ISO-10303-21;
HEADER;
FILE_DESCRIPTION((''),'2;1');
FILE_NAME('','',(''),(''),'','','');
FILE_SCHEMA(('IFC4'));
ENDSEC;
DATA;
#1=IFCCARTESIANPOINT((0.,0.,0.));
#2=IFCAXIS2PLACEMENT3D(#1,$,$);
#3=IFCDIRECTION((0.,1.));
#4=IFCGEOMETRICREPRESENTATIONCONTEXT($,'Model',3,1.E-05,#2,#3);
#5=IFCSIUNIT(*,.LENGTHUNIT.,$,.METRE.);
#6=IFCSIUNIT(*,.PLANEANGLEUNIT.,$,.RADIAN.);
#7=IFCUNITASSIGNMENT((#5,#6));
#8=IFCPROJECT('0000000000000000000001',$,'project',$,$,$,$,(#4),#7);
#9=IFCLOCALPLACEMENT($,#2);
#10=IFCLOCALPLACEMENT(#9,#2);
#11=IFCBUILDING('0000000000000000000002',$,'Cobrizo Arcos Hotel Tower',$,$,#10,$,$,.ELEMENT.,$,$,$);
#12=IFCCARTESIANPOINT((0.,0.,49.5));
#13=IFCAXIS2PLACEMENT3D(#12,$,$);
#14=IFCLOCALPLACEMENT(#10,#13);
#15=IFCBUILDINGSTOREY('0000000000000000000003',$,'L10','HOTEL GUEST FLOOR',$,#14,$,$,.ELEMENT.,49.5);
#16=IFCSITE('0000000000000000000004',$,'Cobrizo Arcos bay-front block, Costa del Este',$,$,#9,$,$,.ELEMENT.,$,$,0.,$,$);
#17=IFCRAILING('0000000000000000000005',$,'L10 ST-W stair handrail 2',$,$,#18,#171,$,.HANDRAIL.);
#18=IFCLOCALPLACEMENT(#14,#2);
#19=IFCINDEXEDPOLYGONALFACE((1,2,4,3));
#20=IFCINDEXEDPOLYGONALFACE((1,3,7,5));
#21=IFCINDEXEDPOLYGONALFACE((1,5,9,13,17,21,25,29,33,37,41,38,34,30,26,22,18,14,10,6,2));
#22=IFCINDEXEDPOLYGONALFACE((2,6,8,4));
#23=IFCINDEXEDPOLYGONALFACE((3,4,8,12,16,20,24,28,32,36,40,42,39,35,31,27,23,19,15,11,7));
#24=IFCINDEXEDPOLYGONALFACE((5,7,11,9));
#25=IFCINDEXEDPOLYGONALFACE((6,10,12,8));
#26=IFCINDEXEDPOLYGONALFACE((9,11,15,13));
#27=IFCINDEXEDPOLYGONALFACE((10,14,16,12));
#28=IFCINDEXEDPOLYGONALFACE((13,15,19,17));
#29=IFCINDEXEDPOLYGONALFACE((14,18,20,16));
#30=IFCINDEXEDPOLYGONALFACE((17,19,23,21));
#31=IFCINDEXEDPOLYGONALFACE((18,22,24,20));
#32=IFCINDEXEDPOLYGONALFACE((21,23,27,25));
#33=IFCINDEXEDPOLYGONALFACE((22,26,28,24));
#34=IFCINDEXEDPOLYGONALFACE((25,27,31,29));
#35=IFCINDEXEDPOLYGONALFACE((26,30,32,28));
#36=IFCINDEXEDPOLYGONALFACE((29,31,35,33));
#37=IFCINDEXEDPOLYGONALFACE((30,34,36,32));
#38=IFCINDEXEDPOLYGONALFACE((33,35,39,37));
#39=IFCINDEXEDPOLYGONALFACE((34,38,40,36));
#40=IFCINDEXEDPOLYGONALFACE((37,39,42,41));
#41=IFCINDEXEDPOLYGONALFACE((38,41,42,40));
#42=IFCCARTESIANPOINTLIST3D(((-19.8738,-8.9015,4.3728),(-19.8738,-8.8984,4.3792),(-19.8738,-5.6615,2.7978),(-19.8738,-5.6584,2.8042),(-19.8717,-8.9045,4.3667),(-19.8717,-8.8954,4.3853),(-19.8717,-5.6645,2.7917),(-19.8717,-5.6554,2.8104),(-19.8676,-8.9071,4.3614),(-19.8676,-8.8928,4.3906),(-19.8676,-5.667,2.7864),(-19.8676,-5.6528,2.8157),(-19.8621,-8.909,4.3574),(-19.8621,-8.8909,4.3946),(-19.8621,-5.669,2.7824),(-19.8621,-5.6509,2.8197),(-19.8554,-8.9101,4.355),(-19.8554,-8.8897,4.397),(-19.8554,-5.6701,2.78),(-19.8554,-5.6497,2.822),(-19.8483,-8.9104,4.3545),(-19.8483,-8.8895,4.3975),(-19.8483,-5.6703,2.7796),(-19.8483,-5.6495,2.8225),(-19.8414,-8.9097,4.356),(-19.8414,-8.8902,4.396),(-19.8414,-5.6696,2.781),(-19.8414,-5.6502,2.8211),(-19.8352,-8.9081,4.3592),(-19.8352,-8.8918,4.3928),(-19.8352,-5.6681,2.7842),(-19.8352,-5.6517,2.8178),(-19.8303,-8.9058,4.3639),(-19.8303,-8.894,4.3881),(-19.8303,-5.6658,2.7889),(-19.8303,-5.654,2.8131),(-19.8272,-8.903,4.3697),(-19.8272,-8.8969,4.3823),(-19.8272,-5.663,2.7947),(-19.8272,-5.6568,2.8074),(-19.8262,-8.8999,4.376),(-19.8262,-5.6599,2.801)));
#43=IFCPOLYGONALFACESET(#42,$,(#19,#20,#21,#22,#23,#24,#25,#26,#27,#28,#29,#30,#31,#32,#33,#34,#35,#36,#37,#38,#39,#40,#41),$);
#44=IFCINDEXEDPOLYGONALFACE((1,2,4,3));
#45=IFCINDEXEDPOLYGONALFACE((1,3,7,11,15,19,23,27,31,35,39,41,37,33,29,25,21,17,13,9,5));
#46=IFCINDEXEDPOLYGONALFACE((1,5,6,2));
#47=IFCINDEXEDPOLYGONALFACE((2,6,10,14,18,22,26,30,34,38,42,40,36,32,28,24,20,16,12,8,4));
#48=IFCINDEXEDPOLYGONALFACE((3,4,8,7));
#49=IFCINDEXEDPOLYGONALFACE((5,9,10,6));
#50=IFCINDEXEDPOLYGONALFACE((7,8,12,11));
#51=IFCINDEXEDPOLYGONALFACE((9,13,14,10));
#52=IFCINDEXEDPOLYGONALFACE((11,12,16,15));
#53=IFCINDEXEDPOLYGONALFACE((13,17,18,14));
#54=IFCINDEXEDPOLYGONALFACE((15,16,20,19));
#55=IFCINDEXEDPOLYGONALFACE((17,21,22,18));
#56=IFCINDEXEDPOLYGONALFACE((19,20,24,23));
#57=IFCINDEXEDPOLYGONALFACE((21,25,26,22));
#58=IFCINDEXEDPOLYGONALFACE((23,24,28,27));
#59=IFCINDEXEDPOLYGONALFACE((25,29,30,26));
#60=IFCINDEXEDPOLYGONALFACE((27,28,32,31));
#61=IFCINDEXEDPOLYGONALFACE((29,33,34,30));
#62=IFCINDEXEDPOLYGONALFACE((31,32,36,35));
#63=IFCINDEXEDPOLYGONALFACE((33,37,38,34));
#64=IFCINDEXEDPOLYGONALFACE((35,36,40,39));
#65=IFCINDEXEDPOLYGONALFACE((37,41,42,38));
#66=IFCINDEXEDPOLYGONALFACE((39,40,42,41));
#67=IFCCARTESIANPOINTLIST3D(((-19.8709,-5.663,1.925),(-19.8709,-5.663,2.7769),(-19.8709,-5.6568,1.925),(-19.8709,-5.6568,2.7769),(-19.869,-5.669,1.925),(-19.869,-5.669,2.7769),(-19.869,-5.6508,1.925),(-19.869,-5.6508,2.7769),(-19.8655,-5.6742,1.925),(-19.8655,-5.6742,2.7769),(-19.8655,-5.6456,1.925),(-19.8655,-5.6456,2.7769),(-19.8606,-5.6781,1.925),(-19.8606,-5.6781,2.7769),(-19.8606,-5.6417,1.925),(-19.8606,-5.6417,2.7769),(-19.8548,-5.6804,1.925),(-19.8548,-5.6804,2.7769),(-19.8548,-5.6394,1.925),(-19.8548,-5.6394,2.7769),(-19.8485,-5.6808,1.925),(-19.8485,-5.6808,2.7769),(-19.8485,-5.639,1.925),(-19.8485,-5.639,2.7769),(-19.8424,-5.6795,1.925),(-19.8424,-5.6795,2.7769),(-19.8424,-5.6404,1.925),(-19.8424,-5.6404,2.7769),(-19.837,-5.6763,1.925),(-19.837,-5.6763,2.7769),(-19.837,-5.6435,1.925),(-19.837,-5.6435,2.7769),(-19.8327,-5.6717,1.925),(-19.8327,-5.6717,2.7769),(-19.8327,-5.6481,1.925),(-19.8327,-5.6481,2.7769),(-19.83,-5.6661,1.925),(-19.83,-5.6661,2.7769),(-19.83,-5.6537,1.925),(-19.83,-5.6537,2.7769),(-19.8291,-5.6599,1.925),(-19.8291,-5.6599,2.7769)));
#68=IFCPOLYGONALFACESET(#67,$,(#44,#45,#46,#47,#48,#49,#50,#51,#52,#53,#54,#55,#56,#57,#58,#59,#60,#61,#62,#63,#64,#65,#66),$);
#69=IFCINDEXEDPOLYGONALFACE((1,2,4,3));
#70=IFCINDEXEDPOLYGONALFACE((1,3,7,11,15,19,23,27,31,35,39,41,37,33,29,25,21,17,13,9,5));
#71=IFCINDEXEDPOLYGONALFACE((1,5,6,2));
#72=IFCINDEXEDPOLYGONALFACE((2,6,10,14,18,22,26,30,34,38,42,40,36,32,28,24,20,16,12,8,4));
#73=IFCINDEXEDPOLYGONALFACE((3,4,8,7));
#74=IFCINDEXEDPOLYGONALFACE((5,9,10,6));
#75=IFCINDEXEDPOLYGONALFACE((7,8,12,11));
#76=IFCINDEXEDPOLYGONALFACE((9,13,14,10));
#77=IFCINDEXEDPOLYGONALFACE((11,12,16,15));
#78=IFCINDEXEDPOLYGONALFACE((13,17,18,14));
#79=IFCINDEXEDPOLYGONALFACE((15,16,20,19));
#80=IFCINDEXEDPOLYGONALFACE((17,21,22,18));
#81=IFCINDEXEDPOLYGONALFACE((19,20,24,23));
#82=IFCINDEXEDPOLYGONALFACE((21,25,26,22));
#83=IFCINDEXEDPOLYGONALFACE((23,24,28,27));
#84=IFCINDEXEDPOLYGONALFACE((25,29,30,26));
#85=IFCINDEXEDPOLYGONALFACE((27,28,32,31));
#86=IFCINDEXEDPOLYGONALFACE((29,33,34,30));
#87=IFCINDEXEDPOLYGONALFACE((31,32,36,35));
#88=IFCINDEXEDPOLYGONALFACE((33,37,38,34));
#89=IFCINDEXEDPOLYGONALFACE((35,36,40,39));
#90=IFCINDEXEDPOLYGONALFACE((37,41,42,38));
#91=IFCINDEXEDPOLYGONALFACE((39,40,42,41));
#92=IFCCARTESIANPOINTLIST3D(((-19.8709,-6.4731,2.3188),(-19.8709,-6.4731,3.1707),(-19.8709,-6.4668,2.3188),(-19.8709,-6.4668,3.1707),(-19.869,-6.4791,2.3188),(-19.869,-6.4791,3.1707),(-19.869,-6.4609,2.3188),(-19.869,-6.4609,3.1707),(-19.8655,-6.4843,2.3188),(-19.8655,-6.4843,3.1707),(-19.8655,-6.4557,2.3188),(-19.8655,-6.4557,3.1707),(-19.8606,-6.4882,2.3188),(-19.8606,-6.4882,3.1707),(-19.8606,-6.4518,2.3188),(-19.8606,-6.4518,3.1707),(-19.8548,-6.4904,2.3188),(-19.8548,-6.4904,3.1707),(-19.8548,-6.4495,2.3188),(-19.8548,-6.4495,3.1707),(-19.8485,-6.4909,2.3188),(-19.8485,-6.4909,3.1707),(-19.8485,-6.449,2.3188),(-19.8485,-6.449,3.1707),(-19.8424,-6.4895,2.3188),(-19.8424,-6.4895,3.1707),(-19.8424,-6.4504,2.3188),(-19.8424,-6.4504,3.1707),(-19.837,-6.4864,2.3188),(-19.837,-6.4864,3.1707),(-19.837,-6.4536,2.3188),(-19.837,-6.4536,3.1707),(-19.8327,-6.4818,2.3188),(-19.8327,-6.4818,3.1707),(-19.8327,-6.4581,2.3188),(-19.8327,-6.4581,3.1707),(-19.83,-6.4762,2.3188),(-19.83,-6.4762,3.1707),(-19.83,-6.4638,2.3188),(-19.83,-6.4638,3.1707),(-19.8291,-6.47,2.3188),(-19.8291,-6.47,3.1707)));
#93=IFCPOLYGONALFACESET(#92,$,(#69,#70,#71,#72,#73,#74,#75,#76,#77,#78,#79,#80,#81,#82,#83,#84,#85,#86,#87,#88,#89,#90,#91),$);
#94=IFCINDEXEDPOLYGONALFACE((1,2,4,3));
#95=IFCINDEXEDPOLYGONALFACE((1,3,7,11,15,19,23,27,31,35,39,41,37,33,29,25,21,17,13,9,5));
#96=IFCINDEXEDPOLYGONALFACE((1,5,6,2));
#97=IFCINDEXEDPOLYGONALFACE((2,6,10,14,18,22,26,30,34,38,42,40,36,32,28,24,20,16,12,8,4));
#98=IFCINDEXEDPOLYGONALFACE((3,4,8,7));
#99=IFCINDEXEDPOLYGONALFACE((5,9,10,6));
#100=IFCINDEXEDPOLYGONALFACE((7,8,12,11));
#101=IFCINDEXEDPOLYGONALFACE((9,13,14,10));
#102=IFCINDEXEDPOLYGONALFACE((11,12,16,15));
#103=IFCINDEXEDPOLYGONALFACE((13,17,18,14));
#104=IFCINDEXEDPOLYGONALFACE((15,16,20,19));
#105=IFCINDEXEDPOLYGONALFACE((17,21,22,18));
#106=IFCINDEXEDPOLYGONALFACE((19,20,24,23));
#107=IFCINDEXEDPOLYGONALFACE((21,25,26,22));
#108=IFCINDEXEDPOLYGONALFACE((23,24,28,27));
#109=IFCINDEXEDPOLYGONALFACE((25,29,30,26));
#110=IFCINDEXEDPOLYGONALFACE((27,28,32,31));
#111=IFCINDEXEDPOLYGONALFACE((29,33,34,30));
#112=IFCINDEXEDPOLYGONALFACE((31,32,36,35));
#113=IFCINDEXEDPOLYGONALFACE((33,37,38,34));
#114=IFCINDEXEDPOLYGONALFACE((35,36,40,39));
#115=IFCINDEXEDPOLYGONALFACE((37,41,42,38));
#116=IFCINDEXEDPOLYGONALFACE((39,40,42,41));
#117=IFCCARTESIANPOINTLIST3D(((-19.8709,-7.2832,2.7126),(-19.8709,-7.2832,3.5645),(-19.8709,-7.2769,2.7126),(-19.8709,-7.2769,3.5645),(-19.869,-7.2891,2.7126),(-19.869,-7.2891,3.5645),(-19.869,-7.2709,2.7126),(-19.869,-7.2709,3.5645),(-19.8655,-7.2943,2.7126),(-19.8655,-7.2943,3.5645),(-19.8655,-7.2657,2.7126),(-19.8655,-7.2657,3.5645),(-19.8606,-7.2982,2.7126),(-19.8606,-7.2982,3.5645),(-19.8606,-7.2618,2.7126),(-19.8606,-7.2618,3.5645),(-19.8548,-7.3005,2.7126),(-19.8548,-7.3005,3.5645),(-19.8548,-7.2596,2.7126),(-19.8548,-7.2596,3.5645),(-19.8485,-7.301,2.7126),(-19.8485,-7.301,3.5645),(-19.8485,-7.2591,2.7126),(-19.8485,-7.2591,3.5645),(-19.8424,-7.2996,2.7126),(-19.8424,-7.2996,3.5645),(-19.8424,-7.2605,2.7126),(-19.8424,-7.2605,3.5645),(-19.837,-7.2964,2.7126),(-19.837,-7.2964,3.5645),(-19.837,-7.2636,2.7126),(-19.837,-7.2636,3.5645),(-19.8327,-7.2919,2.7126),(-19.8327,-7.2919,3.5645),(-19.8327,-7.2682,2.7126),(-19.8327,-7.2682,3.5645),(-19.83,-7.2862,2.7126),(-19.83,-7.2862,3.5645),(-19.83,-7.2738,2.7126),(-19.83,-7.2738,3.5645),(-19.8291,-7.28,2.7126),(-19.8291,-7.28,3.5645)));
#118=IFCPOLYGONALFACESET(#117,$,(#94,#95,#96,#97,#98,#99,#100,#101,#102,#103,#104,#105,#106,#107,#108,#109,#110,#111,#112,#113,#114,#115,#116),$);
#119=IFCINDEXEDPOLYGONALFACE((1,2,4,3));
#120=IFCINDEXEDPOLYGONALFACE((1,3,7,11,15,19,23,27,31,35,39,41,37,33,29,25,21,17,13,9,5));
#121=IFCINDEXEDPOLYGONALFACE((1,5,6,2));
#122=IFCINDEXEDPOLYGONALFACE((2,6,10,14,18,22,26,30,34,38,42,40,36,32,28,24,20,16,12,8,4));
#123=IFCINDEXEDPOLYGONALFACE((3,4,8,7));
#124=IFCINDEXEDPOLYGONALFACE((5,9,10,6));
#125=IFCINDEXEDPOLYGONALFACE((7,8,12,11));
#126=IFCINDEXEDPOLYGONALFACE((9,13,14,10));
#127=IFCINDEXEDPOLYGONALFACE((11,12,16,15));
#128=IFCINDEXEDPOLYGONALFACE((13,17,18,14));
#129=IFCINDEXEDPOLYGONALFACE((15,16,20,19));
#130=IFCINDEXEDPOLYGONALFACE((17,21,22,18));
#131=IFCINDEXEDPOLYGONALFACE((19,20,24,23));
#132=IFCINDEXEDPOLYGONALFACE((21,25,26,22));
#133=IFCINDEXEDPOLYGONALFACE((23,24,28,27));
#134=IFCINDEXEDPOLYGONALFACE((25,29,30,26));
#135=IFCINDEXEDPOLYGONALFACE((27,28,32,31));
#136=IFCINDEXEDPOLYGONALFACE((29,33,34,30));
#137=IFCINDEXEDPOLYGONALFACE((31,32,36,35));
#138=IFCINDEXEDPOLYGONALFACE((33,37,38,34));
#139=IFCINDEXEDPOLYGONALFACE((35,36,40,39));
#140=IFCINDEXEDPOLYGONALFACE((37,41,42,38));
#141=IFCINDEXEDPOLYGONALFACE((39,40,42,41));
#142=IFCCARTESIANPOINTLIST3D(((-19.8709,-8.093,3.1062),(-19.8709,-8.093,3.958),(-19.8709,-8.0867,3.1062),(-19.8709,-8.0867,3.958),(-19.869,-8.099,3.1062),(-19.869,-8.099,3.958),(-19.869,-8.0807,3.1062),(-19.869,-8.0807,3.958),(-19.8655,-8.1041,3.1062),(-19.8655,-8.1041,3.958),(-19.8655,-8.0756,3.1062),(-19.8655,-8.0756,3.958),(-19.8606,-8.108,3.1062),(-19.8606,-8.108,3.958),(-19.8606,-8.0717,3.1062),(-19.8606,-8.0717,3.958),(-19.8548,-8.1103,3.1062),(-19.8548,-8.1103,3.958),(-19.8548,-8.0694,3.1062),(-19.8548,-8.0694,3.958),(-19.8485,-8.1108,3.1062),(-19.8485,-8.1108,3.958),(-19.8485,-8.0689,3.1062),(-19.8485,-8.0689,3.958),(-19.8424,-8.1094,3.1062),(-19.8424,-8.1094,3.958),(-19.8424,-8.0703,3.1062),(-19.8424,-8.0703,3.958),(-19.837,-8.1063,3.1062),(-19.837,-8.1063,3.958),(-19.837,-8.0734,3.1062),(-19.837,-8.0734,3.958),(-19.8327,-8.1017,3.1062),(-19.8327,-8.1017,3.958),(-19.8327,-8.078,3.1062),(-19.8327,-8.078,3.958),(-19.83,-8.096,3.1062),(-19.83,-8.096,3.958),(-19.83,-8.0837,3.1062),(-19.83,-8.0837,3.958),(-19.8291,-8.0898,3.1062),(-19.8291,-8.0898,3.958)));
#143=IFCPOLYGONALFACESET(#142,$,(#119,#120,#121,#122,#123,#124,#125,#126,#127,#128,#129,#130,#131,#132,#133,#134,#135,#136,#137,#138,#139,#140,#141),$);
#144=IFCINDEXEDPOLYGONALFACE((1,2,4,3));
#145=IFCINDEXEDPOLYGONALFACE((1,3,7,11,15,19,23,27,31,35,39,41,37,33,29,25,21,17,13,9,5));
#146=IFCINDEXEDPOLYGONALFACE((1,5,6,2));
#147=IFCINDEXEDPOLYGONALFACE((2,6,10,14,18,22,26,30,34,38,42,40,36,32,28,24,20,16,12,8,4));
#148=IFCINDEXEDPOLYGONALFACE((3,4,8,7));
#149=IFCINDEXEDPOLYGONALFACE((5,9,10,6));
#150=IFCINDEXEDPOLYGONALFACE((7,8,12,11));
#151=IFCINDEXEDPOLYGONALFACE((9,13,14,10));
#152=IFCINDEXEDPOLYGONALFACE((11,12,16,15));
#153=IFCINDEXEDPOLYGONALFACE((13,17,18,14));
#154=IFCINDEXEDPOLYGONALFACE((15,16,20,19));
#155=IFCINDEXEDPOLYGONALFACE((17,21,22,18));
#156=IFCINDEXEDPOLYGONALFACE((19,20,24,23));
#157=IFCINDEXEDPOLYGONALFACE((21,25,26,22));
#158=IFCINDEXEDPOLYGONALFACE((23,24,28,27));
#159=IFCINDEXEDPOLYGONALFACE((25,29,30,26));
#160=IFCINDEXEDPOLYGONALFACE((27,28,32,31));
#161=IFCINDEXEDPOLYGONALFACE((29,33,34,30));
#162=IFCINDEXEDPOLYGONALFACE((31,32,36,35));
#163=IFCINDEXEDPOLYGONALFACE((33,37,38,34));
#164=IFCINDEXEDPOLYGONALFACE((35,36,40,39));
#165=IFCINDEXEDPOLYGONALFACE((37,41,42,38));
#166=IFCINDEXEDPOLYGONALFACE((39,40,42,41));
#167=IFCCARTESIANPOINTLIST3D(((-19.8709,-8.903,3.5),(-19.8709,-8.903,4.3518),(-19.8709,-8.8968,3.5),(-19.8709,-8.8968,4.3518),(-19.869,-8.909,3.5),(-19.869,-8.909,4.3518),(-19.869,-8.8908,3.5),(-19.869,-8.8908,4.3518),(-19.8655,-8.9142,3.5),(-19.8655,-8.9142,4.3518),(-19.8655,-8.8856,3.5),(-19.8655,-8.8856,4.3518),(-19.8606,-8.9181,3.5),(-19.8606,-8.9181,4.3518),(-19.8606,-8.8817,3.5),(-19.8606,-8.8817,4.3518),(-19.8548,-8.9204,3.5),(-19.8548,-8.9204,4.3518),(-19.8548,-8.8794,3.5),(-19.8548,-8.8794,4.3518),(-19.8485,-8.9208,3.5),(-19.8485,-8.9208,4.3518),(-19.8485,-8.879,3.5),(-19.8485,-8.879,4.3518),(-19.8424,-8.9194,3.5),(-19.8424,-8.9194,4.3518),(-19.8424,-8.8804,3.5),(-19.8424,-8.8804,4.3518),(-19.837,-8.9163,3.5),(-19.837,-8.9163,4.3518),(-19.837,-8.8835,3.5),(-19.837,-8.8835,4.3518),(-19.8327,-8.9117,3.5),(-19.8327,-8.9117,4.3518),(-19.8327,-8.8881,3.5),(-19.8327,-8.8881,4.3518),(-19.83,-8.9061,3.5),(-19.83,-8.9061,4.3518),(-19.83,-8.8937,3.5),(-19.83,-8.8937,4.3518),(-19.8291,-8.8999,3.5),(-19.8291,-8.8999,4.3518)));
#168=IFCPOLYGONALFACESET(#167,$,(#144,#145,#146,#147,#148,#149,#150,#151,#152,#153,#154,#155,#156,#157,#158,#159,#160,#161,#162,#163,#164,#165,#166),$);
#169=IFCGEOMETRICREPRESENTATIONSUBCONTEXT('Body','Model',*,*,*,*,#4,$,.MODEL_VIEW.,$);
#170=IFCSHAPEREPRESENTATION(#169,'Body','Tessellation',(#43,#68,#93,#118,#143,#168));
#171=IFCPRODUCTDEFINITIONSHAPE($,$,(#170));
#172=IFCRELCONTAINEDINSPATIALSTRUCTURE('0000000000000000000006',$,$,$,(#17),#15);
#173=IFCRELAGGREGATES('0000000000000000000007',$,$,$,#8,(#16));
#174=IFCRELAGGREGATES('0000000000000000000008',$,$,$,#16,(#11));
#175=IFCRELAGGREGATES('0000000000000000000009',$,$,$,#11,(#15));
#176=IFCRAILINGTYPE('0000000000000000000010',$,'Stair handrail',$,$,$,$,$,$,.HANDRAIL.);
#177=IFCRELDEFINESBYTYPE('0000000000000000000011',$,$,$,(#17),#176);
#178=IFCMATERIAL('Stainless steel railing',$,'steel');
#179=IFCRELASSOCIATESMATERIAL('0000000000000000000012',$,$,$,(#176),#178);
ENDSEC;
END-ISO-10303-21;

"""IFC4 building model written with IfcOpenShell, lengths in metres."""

from ifc_helpers import new_model, si_unit, direction, frame, origin, origin_2d, place, context, subcontext, project, spatial, circle, extrude, material, type_object, element, save


model = new_model("IFC4")

# Units and contexts
model_context = context("Model", 3, precision=1e-05, world=origin(), true_north=direction((0.0, 1.0)))
body_context = subcontext(model_context, "Body", "Model", "MODEL_VIEW")
ifc_project = project(units=[si_unit("LENGTHUNIT", "METRE"), si_unit("PLANEANGLEUNIT", "RADIAN")], contexts=[model_context])

# Site, building, storey
site_placement = place(None, origin())
site = spatial("IfcSite", under=ifc_project, at=site_placement, Name="Cobrizo Arcos bay-front block, Costa del Este", CompositionType="ELEMENT", RefElevation=0.0)
building_placement = place(site_placement, origin())
building = spatial("IfcBuilding", under=site, at=building_placement, Name="Cobrizo Arcos Hotel Tower", CompositionType="ELEMENT")
storey_placement = place(building_placement, frame((0.0, 0.0, 49.5)))
storey = spatial("IfcBuildingStorey", under=building, at=storey_placement, Name="L10", Description="HOTEL GUEST FLOOR", CompositionType="ELEMENT", Elevation=49.5)

# Railing
ifc_material_1 = material(Name="Stainless steel railing", Category="steel")
railing_type_1 = type_object("IfcRailingType", Name="Stair handrail", PredefinedType="HANDRAIL", material=ifc_material_1)
railing_1_placement = place(storey_placement, frame((-19.8501, -5.6599, 1.925)))
element("IfcRailing", 1, at=railing_1_placement, inside=storey, type_object=railing_type_1, Name="L10 ST-W stair handrail 2", PredefinedType="HANDRAIL", context=body_context, shape_type="SweptSolid", body=[
    extrude(circle(Radius=0.0239, at=origin_2d()), frame((0.0, 0.0, 0.876), z_axis=(0.0, -0.899373, 0.437183), x_axis=(1.0, 0.0, 0.0)), (0.0, 0.0, 1.0), 3.6025),
    extrude(circle(Radius=0.021, at=origin_2d()), origin(), (0.0, 0.0, 1.0), 0.8518),
    extrude(circle(Radius=0.021, at=origin_2d()), frame((0.0, -0.8101, 0.3938)), (0.0, 0.0, 1.0), 0.8518),
    extrude(circle(Radius=0.021, at=origin_2d()), frame((0.0, -1.6201, 0.7876)), (0.0, 0.0, 1.0), 0.8518),
    extrude(circle(Radius=0.021, at=origin_2d()), frame((0.0, -2.4299, 1.1812)), (0.0, 0.0, 1.0), 0.8518),
    extrude(circle(Radius=0.021, at=origin_2d()), frame((0.0, -3.24, 1.575)), (0.0, 0.0, 1.0), 0.8518),
])

save(model, "model.ifc")
